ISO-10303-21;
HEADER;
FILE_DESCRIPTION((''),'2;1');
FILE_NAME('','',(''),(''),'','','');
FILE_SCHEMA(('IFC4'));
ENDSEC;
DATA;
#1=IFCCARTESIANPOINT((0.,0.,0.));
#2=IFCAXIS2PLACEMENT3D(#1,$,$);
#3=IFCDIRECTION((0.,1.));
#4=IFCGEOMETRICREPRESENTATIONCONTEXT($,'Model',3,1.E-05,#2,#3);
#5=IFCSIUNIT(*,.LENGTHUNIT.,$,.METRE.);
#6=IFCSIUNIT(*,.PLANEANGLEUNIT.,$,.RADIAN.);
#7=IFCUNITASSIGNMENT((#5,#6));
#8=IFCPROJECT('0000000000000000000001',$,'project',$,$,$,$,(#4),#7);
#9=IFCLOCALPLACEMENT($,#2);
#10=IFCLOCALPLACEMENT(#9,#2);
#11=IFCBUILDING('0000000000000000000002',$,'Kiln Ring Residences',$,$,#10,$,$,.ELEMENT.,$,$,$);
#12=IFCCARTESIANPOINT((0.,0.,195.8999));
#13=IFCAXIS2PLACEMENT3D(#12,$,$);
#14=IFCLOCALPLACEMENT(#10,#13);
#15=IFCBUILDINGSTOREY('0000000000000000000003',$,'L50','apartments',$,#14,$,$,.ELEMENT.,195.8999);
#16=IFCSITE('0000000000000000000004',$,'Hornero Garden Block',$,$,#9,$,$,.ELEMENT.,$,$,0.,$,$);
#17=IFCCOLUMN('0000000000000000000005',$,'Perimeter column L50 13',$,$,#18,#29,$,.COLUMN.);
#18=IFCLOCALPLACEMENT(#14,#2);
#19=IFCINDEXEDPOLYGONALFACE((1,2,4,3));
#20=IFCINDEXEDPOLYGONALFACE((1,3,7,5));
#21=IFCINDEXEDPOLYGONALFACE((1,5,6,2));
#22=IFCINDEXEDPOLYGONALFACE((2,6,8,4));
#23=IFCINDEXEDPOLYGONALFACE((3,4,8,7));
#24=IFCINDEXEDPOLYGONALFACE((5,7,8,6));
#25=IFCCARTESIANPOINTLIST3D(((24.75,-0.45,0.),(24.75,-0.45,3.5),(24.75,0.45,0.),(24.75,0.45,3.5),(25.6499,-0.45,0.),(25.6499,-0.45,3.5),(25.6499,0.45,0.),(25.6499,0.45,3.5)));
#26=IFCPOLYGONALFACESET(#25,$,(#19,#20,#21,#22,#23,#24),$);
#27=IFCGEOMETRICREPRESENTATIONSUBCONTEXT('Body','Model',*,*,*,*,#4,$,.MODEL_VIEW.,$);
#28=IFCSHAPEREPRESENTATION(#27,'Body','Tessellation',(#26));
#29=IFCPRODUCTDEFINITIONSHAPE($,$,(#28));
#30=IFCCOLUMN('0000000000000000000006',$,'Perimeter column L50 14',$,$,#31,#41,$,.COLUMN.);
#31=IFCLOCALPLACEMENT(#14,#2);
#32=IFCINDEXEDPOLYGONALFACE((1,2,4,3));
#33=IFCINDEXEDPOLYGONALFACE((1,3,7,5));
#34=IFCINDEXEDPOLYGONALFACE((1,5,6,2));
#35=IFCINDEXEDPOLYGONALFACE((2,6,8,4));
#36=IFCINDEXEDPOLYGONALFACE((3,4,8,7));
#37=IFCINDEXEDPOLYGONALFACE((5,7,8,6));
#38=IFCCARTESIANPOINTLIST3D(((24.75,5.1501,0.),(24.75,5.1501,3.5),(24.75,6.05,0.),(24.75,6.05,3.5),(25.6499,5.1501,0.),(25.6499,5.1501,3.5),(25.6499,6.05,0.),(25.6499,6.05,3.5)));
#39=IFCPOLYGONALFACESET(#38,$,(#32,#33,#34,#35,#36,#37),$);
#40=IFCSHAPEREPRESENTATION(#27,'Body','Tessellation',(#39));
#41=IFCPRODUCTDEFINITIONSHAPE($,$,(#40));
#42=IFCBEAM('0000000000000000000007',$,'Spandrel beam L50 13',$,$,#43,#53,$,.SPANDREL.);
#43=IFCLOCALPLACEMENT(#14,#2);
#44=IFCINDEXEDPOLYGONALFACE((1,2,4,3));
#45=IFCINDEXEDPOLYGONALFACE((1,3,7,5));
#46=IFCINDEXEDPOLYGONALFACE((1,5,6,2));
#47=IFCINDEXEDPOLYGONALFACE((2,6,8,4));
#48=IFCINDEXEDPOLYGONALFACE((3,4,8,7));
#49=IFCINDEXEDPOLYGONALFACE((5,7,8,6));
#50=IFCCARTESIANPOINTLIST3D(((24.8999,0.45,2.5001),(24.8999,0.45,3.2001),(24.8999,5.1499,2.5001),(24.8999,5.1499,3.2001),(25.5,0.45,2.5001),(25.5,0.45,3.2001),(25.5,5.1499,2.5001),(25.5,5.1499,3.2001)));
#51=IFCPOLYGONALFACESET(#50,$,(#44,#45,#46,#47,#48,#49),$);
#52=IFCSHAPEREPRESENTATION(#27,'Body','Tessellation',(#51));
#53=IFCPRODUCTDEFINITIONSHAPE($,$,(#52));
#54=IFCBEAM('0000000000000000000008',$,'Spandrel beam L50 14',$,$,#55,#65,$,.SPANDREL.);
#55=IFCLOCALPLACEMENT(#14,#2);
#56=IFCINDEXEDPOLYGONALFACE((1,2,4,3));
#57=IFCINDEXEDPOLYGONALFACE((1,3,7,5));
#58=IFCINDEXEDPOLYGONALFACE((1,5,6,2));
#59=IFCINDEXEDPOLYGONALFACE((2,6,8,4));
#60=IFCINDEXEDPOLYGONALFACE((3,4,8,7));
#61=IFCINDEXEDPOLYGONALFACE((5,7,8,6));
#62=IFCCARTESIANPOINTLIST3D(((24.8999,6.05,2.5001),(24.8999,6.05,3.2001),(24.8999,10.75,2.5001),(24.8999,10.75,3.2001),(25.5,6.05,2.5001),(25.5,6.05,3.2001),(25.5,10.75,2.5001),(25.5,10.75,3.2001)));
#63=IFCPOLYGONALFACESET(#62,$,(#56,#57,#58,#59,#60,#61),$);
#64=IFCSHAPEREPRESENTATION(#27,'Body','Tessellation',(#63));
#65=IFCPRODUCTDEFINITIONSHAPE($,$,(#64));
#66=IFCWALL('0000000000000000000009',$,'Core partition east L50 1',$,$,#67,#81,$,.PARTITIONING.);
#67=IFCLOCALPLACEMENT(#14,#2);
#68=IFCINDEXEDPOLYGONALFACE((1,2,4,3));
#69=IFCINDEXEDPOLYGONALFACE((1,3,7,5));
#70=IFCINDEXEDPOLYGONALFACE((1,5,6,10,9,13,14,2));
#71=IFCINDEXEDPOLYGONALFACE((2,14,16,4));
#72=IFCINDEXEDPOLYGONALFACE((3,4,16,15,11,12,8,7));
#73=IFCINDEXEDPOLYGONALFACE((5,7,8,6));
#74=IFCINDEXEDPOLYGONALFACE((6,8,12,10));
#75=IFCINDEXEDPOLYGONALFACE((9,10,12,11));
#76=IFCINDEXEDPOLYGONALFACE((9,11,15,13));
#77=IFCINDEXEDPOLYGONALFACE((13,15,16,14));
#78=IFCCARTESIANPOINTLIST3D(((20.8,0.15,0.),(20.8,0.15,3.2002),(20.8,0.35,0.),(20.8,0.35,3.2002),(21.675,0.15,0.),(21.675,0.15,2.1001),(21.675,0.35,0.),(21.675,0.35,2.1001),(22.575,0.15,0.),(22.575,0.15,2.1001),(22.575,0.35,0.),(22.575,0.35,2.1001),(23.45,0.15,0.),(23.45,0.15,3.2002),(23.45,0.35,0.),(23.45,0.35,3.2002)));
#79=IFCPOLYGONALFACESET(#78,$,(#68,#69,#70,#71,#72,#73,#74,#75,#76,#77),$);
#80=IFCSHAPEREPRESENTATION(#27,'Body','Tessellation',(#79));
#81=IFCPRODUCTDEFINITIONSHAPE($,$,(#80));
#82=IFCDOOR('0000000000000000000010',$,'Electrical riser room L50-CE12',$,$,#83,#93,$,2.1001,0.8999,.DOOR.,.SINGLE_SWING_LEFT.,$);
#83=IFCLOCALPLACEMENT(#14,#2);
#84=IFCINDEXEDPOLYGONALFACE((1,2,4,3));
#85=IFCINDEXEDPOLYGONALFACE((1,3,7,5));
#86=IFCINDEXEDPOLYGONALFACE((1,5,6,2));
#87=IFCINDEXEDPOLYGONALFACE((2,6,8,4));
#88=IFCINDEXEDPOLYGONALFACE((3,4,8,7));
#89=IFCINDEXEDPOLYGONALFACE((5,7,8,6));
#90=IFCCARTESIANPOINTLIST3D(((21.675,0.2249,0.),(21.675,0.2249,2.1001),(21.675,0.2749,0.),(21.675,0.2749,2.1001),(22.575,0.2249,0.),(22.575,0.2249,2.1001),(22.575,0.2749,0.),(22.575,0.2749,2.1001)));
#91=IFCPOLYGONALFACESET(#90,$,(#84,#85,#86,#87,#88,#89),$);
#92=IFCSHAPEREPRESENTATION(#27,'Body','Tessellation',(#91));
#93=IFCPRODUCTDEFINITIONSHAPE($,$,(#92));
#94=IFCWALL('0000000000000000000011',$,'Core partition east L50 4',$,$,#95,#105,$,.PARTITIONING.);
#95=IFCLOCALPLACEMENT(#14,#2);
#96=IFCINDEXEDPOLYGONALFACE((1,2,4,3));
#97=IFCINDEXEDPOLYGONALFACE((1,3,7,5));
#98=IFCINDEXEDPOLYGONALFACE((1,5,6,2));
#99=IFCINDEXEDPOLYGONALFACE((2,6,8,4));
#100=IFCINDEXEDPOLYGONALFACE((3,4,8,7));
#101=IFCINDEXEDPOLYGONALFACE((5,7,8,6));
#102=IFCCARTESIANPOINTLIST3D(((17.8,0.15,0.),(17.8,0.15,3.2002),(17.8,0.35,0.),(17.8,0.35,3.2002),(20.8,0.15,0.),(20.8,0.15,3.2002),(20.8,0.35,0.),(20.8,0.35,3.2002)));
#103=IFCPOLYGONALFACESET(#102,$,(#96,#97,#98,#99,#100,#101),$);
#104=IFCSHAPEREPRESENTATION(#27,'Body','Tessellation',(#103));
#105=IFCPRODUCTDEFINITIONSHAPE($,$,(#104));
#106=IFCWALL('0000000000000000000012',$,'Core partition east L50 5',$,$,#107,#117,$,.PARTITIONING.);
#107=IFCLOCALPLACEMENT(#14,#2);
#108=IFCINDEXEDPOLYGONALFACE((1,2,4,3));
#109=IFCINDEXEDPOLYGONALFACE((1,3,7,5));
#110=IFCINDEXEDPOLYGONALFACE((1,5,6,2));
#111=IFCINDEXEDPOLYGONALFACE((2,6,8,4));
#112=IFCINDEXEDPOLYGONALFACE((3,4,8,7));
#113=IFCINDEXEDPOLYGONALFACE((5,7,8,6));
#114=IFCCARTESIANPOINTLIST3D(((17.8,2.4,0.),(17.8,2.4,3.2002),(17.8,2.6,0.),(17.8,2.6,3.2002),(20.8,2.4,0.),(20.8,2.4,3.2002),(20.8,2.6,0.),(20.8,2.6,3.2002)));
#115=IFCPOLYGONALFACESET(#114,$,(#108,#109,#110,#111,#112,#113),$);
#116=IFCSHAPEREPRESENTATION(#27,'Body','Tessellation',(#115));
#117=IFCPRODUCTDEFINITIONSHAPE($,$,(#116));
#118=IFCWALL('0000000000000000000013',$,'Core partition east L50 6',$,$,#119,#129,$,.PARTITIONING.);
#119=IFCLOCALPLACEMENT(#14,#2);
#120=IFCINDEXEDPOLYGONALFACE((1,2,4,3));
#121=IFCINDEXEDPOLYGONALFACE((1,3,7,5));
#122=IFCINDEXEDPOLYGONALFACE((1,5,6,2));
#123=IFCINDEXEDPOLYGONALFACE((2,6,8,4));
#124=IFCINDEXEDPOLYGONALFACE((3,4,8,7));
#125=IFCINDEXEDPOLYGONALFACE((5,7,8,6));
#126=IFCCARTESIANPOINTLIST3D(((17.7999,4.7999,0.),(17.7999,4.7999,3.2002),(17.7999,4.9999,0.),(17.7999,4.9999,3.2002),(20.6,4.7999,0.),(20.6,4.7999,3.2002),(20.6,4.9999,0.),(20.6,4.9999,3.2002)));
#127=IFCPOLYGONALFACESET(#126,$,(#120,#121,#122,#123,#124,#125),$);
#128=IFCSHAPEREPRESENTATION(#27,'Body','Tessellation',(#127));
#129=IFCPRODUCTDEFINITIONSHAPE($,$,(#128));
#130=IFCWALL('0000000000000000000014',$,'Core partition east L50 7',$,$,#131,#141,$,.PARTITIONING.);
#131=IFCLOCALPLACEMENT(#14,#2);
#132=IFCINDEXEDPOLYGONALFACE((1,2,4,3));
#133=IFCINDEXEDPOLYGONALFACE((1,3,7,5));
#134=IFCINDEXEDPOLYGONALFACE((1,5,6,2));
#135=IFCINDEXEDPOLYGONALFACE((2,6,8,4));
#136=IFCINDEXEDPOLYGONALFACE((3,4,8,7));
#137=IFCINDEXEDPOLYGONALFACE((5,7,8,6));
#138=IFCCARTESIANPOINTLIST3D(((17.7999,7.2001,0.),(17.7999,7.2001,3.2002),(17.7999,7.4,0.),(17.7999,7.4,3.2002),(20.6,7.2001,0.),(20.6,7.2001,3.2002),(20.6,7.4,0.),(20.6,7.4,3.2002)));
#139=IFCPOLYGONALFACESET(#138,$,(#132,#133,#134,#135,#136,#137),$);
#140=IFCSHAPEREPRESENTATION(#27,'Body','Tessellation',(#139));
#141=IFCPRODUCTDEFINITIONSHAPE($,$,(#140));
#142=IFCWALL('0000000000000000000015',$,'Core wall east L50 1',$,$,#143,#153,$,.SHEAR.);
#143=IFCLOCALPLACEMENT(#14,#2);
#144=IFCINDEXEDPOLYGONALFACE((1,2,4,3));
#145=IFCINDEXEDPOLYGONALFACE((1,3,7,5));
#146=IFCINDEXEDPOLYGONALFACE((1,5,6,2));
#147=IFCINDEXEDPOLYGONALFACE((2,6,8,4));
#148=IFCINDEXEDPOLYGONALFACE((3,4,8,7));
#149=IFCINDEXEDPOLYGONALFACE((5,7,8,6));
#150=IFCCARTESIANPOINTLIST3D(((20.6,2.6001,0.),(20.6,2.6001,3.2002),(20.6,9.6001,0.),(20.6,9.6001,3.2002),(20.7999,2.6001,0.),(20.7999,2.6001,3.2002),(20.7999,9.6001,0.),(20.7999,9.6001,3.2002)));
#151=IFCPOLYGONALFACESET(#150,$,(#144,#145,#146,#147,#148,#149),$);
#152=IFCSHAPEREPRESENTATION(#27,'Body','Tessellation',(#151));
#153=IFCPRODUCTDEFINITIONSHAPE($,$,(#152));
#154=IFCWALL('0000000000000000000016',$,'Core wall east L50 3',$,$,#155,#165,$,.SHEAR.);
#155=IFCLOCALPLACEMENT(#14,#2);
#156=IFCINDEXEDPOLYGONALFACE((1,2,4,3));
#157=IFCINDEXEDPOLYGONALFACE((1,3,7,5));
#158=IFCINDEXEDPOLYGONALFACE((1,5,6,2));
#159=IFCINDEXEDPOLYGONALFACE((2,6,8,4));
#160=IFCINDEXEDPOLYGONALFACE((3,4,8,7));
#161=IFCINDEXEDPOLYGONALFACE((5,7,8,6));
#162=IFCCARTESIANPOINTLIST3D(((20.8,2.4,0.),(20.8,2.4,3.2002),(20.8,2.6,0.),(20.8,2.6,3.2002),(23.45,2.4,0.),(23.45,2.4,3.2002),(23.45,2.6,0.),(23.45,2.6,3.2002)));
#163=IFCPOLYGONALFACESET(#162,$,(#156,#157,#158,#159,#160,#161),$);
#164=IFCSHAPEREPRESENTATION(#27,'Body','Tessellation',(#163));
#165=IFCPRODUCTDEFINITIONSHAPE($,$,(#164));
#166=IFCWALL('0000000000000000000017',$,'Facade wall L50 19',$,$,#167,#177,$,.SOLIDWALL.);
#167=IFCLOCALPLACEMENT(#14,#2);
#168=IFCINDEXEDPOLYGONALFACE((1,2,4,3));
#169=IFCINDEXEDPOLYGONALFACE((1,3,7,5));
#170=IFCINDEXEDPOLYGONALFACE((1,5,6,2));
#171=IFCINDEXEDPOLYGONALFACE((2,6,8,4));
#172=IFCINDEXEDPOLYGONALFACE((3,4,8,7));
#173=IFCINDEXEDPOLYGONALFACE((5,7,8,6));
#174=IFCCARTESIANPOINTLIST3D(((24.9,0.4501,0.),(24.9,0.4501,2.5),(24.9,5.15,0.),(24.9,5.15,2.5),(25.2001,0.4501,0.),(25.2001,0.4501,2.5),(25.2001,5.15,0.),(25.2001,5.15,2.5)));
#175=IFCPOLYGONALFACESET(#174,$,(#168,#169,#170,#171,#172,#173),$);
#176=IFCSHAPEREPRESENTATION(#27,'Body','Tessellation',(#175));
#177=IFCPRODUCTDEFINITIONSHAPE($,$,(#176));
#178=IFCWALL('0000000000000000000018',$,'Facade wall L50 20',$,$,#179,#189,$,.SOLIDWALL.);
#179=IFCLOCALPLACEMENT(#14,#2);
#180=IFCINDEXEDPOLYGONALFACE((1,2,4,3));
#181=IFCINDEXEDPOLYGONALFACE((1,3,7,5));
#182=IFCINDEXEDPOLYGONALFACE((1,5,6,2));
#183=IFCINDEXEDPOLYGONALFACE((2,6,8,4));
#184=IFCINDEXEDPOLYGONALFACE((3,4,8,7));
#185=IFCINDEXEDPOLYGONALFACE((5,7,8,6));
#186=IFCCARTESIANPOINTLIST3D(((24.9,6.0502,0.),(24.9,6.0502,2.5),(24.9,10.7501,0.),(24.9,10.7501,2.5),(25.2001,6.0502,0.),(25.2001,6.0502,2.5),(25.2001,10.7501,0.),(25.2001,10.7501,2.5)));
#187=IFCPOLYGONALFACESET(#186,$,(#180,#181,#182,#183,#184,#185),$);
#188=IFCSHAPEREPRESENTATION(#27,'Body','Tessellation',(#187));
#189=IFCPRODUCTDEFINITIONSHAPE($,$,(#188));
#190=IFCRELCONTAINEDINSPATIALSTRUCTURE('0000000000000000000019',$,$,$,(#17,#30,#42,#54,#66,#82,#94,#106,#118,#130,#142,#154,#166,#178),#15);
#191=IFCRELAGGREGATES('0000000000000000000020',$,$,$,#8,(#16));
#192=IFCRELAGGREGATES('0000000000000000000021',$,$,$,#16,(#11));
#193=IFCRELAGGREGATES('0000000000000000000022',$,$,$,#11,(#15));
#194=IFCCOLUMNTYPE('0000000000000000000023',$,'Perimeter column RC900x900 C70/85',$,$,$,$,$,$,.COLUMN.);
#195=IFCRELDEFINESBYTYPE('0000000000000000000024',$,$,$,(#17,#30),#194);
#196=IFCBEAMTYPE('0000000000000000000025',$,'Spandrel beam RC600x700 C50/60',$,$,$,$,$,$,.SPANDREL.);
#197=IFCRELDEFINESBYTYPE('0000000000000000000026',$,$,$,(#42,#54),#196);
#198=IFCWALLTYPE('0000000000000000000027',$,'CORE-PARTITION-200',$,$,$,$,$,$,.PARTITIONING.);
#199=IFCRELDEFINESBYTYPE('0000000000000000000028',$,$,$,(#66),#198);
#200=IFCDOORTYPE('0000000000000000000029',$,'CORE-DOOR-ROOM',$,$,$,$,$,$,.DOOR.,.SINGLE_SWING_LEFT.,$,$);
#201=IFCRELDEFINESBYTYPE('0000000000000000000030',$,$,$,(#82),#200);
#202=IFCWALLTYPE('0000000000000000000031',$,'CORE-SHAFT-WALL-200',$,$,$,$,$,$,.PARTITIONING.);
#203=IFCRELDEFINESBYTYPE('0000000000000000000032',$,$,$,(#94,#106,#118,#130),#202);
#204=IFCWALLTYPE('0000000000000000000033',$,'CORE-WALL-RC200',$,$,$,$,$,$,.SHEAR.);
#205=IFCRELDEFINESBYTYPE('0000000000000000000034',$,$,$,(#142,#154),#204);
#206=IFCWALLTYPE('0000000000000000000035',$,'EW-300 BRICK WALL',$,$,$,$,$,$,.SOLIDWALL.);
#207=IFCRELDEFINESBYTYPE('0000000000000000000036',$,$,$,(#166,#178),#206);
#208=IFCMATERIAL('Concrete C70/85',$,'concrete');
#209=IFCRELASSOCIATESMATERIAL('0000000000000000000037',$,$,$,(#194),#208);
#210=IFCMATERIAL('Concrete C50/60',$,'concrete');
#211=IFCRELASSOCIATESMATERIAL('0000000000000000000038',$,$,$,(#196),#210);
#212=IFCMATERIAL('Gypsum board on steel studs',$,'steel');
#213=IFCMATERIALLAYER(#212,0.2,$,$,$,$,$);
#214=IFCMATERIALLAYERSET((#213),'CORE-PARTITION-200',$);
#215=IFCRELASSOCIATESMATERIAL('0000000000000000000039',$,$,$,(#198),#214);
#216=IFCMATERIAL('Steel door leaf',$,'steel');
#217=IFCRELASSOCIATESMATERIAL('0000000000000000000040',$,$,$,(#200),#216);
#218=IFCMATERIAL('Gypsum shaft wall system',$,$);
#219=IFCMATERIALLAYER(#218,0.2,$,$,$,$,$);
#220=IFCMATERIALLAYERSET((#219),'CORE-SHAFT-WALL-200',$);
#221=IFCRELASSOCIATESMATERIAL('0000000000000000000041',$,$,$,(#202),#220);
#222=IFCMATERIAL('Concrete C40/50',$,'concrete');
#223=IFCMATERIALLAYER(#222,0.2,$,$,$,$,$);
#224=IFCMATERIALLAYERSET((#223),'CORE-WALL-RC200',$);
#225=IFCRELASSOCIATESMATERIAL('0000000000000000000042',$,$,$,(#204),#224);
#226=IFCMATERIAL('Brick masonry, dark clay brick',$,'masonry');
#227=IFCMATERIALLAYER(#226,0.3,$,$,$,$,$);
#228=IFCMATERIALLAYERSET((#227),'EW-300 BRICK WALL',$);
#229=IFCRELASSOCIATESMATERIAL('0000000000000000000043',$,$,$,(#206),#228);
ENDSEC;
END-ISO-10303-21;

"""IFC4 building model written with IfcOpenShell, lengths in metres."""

from ifc_helpers import new_model, si_unit, direction, frame, frame_2d, origin, origin_2d, place, context, subcontext, project, spatial, rectangle, extrude, material, layer, layer_set, material_profile, profile_set, type_object, element, fill, save


model = new_model("IFC4")

# Units and contexts
model_context = context("Model", 3, precision=1e-05, world=origin(), true_north=direction((0.0, 1.0)))
body_context = subcontext(model_context, "Body", "Model", "MODEL_VIEW")
ifc_project = project(units=[si_unit("LENGTHUNIT", "METRE"), si_unit("PLANEANGLEUNIT", "RADIAN")], contexts=[model_context])

# Site, building, storey
site_placement = place(None, origin())
site = spatial("IfcSite", under=ifc_project, at=site_placement, Name="Hornero Garden Block", CompositionType="ELEMENT", RefElevation=0.0)
building_placement = place(site_placement, origin())
building = spatial("IfcBuilding", under=site, at=building_placement, Name="Kiln Ring Residences", CompositionType="ELEMENT")
storey_placement = place(building_placement, frame((0.0, 0.0, 195.8999)))
storey = spatial("IfcBuildingStorey", under=building, at=storey_placement, Name="L50", Description="apartments", CompositionType="ELEMENT", Elevation=195.8999)

# Columns
ifc_material_1 = material(Name="Concrete C70/85", Category="concrete")
ifc_material_profile_1 = material_profile(ifc_material_1, rectangle(XDim=0.8999, YDim=0.8999, at=origin_2d()), Name="RC900x900")
ifc_profile_set_1 = profile_set([ifc_material_profile_1], Name="Concrete C70/85")
column_type = type_object("IfcColumnType", Name="Perimeter column RC900x900 C70/85", PredefinedType="COLUMN", material=ifc_profile_set_1)
for number, where, z_axis, x_axis, name in (
    (1, (25.2, 0.0, 0.0), (0.0, 0.0, 1.0), (1.0, 0.0, 0.0), "Perimeter column L50 13"),
    (2, (25.2, 5.6001, 0.0), (0.0, 0.0, 1.0), (1.0, 0.0, 0.0), "Perimeter column L50 14"),
):
    element("IfcColumn", number, at=place(storey_placement, frame(where, z_axis=z_axis, x_axis=x_axis)), inside=storey, type_object=column_type, Name=name, PredefinedType="COLUMN", context=body_context, shape_type="SweptSolid", body=[
        extrude(rectangle(XDim=0.8999, YDim=0.8999, at=origin_2d()), origin(), (0.0, 0.0, 1.0), 3.5),
    ])

# Beams
ifc_material_2 = material(Name="Concrete C50/60", Category="concrete")
ifc_material_profile_2 = material_profile(ifc_material_2, rectangle(XDim=0.6001, YDim=0.7, at=origin_2d()), Name="RC600x700")
ifc_profile_set_2 = profile_set([ifc_material_profile_2], Name="Concrete C50/60")
beam_type = type_object("IfcBeamType", Name="Spandrel beam RC600x700 C50/60", PredefinedType="SPANDREL", material=ifc_profile_set_2)
for number, where, z_axis, x_axis, name in (
    (3, (25.2, 0.45, 2.8501), (0.0, 1.0, 0.0), (-1.0, 0.0, 0.0), "Spandrel beam L50 13"),
    (4, (25.2, 6.05, 2.8501), (0.0, 1.0, 0.0), (-1.0, 0.0, 0.0), "Spandrel beam L50 14"),
):
    element("IfcBeam", number, at=place(storey_placement, frame(where, z_axis=z_axis, x_axis=x_axis)), inside=storey, type_object=beam_type, Name=name, PredefinedType="SPANDREL", context=body_context, shape_type="SweptSolid", body=[
        extrude(rectangle(XDim=0.6001, YDim=0.7, at=origin_2d()), origin(), (0.0, 0.0, 1.0), 4.7),
    ])

# Wall, opening, door
ifc_material_3 = material(Name="Gypsum board on steel studs", Category="steel")
ifc_layer_1 = layer(ifc_material_3, 0.2)
ifc_layer_set_1 = layer_set([ifc_layer_1], Name="CORE-PARTITION-200")
wall_type_1 = type_object("IfcWallType", Name="CORE-PARTITION-200", PredefinedType="PARTITIONING", material=ifc_layer_set_1)
wall_1_placement = place(storey_placement, frame((20.8, 0.25, 0.0), z_axis=(0.0, 0.0, 1.0), x_axis=(1.0, 0.0, 0.0)))
wall_1 = element("IfcWall", 5, at=wall_1_placement, inside=storey, type_object=wall_type_1, Name="Core partition east L50 1", PredefinedType="PARTITIONING", context=body_context, shape_type="SweptSolid", body=[
    extrude(rectangle(XDim=2.6499, YDim=0.2, at=frame_2d((1.325, 0.0))), origin(), (0.0, 0.0, 1.0), 3.2002),
])
opening_placement = place(wall_1_placement, frame((0.875, 0.0, 0.0)))
opening = element("IfcOpeningElement", 6, at=opening_placement, cuts=wall_1, PredefinedType="OPENING", context=body_context, shape_type="SweptSolid", body=[
    extrude(rectangle(XDim=0.8999, YDim=2.1001, at=frame_2d((0.45, 1.05))), frame((0.0, 0.1099, 0.0), z_axis=(0.0, -1.0, 0.0), x_axis=(1.0, 0.0, 0.0)), (0.0, 0.0, 1.0), 0.22),
])
ifc_material_4 = material(Name="Steel door leaf", Category="steel")
door_type = type_object("IfcDoorType", Name="CORE-DOOR-ROOM", OperationType="SINGLE_SWING_LEFT", PredefinedType="DOOR", material=ifc_material_4)
door_placement = place(opening_placement, origin())
door = element("IfcDoor", 7, at=door_placement, inside=storey, type_object=door_type, Name="Electrical riser room L50-CE12", OperationType="SINGLE_SWING_LEFT", OverallHeight=2.1001, OverallWidth=0.8999, PredefinedType="DOOR", context=body_context, shape_type="SweptSolid", body=[
    extrude(rectangle(XDim=0.8999, YDim=2.1001, at=frame_2d((0.45, 1.05))), frame((0.0, 0.0249, 0.0), z_axis=(0.0, -1.0, 0.0), x_axis=(1.0, 0.0, 0.0)), (0.0, 0.0, 1.0), 0.05),
])
fill(opening, door)

# Walls
ifc_material_5 = material(Name="Gypsum shaft wall system")
ifc_layer_2 = layer(ifc_material_5, 0.2)
ifc_layer_set_2 = layer_set([ifc_layer_2], Name="CORE-SHAFT-WALL-200")
wall_type_2 = type_object("IfcWallType", Name="CORE-SHAFT-WALL-200", PredefinedType="PARTITIONING", material=ifc_layer_set_2)
for number, where, z_axis, x_axis, name in (
    (8, (17.8, 0.25, 0.0), (0.0, 0.0, 1.0), (1.0, 0.0, 0.0), "Core partition east L50 4"),
    (9, (17.8, 2.5, 0.0), (0.0, 0.0, 1.0), (1.0, 0.0, 0.0), "Core partition east L50 5"),
):
    element("IfcWall", number, at=place(storey_placement, frame(where, z_axis=z_axis, x_axis=x_axis)), inside=storey, type_object=wall_type_2, Name=name, PredefinedType="PARTITIONING", context=body_context, shape_type="SweptSolid", body=[
        extrude(rectangle(XDim=3.0, YDim=0.2, at=frame_2d((1.5, 0.0))), origin(), (0.0, 0.0, 1.0), 3.2002),
    ])
for number, where, z_axis, x_axis, name in (
    (10, (17.8, 4.8999, 0.0), (0.0, 0.0, 1.0), (1.0, 0.0, 0.0), "Core partition east L50 6"),
    (11, (17.8, 7.3, 0.0), (0.0, 0.0, 1.0), (1.0, 0.0, 0.0), "Core partition east L50 7"),
):
    element("IfcWall", number, at=place(storey_placement, frame(where, z_axis=z_axis, x_axis=x_axis)), inside=storey, type_object=wall_type_2, Name=name, PredefinedType="PARTITIONING", context=body_context, shape_type="SweptSolid", body=[
        extrude(rectangle(XDim=2.8, YDim=0.2, at=frame_2d((1.3999, 0.0))), origin(), (0.0, 0.0, 1.0), 3.2002),
    ])
ifc_material_6 = material(Name="Concrete C40/50", Category="concrete")
ifc_layer_3 = layer(ifc_material_6, 0.2)
ifc_layer_set_3 = layer_set([ifc_layer_3], Name="CORE-WALL-RC200")
wall_type_3 = type_object("IfcWallType", Name="CORE-WALL-RC200", PredefinedType="SHEAR", material=ifc_layer_set_3)
wall_2_placement = place(storey_placement, frame((20.7, 2.6001, 0.0), z_axis=(0.0, 0.0, 1.0), x_axis=(0.0, 1.0, 0.0)))
element("IfcWall", 12, at=wall_2_placement, inside=storey, type_object=wall_type_3, Name="Core wall east L50 1", PredefinedType="SHEAR", context=body_context, shape_type="SweptSolid", body=[
    extrude(rectangle(XDim=7.0, YDim=0.2, at=frame_2d((3.5, 0.0))), origin(), (0.0, 0.0, 1.0), 3.2002),
])
wall_3_placement = place(storey_placement, frame((20.8, 2.5, 0.0), z_axis=(0.0, 0.0, 1.0), x_axis=(1.0, 0.0, 0.0)))
element("IfcWall", 13, at=wall_3_placement, inside=storey, type_object=wall_type_3, Name="Core wall east L50 3", PredefinedType="SHEAR", context=body_context, shape_type="SweptSolid", body=[
    extrude(rectangle(XDim=2.6499, YDim=0.2, at=frame_2d((1.325, 0.0))), origin(), (0.0, 0.0, 1.0), 3.2002),
])
ifc_material_7 = material(Name="Brick masonry, dark clay brick", Category="masonry")
ifc_layer_4 = layer(ifc_material_7, 0.3)
ifc_layer_set_4 = layer_set([ifc_layer_4], Name="EW-300 BRICK WALL")
wall_type_4 = type_object("IfcWallType", Name="EW-300 BRICK WALL", PredefinedType="SOLIDWALL", material=ifc_layer_set_4)
for number, where, z_axis, x_axis, name in (
    (14, (25.05, 0.45, 0.0), (0.0, 0.0, 1.0), (0.0, 1.0, 0.0), "Facade wall L50 19"),
    (15, (25.05, 6.05, 0.0), (0.0, 0.0, 1.0), (0.0, 1.0, 0.0), "Facade wall L50 20"),
):
    element("IfcWall", number, at=place(storey_placement, frame(where, z_axis=z_axis, x_axis=x_axis)), inside=storey, type_object=wall_type_4, Name=name, PredefinedType="SOLIDWALL", context=body_context, shape_type="SweptSolid", body=[
        extrude(rectangle(XDim=4.7, YDim=0.3, at=frame_2d((2.3501, 0.0))), origin(), (0.0, 0.0, 1.0), 2.5),
    ])

save(model, "model.ifc")
